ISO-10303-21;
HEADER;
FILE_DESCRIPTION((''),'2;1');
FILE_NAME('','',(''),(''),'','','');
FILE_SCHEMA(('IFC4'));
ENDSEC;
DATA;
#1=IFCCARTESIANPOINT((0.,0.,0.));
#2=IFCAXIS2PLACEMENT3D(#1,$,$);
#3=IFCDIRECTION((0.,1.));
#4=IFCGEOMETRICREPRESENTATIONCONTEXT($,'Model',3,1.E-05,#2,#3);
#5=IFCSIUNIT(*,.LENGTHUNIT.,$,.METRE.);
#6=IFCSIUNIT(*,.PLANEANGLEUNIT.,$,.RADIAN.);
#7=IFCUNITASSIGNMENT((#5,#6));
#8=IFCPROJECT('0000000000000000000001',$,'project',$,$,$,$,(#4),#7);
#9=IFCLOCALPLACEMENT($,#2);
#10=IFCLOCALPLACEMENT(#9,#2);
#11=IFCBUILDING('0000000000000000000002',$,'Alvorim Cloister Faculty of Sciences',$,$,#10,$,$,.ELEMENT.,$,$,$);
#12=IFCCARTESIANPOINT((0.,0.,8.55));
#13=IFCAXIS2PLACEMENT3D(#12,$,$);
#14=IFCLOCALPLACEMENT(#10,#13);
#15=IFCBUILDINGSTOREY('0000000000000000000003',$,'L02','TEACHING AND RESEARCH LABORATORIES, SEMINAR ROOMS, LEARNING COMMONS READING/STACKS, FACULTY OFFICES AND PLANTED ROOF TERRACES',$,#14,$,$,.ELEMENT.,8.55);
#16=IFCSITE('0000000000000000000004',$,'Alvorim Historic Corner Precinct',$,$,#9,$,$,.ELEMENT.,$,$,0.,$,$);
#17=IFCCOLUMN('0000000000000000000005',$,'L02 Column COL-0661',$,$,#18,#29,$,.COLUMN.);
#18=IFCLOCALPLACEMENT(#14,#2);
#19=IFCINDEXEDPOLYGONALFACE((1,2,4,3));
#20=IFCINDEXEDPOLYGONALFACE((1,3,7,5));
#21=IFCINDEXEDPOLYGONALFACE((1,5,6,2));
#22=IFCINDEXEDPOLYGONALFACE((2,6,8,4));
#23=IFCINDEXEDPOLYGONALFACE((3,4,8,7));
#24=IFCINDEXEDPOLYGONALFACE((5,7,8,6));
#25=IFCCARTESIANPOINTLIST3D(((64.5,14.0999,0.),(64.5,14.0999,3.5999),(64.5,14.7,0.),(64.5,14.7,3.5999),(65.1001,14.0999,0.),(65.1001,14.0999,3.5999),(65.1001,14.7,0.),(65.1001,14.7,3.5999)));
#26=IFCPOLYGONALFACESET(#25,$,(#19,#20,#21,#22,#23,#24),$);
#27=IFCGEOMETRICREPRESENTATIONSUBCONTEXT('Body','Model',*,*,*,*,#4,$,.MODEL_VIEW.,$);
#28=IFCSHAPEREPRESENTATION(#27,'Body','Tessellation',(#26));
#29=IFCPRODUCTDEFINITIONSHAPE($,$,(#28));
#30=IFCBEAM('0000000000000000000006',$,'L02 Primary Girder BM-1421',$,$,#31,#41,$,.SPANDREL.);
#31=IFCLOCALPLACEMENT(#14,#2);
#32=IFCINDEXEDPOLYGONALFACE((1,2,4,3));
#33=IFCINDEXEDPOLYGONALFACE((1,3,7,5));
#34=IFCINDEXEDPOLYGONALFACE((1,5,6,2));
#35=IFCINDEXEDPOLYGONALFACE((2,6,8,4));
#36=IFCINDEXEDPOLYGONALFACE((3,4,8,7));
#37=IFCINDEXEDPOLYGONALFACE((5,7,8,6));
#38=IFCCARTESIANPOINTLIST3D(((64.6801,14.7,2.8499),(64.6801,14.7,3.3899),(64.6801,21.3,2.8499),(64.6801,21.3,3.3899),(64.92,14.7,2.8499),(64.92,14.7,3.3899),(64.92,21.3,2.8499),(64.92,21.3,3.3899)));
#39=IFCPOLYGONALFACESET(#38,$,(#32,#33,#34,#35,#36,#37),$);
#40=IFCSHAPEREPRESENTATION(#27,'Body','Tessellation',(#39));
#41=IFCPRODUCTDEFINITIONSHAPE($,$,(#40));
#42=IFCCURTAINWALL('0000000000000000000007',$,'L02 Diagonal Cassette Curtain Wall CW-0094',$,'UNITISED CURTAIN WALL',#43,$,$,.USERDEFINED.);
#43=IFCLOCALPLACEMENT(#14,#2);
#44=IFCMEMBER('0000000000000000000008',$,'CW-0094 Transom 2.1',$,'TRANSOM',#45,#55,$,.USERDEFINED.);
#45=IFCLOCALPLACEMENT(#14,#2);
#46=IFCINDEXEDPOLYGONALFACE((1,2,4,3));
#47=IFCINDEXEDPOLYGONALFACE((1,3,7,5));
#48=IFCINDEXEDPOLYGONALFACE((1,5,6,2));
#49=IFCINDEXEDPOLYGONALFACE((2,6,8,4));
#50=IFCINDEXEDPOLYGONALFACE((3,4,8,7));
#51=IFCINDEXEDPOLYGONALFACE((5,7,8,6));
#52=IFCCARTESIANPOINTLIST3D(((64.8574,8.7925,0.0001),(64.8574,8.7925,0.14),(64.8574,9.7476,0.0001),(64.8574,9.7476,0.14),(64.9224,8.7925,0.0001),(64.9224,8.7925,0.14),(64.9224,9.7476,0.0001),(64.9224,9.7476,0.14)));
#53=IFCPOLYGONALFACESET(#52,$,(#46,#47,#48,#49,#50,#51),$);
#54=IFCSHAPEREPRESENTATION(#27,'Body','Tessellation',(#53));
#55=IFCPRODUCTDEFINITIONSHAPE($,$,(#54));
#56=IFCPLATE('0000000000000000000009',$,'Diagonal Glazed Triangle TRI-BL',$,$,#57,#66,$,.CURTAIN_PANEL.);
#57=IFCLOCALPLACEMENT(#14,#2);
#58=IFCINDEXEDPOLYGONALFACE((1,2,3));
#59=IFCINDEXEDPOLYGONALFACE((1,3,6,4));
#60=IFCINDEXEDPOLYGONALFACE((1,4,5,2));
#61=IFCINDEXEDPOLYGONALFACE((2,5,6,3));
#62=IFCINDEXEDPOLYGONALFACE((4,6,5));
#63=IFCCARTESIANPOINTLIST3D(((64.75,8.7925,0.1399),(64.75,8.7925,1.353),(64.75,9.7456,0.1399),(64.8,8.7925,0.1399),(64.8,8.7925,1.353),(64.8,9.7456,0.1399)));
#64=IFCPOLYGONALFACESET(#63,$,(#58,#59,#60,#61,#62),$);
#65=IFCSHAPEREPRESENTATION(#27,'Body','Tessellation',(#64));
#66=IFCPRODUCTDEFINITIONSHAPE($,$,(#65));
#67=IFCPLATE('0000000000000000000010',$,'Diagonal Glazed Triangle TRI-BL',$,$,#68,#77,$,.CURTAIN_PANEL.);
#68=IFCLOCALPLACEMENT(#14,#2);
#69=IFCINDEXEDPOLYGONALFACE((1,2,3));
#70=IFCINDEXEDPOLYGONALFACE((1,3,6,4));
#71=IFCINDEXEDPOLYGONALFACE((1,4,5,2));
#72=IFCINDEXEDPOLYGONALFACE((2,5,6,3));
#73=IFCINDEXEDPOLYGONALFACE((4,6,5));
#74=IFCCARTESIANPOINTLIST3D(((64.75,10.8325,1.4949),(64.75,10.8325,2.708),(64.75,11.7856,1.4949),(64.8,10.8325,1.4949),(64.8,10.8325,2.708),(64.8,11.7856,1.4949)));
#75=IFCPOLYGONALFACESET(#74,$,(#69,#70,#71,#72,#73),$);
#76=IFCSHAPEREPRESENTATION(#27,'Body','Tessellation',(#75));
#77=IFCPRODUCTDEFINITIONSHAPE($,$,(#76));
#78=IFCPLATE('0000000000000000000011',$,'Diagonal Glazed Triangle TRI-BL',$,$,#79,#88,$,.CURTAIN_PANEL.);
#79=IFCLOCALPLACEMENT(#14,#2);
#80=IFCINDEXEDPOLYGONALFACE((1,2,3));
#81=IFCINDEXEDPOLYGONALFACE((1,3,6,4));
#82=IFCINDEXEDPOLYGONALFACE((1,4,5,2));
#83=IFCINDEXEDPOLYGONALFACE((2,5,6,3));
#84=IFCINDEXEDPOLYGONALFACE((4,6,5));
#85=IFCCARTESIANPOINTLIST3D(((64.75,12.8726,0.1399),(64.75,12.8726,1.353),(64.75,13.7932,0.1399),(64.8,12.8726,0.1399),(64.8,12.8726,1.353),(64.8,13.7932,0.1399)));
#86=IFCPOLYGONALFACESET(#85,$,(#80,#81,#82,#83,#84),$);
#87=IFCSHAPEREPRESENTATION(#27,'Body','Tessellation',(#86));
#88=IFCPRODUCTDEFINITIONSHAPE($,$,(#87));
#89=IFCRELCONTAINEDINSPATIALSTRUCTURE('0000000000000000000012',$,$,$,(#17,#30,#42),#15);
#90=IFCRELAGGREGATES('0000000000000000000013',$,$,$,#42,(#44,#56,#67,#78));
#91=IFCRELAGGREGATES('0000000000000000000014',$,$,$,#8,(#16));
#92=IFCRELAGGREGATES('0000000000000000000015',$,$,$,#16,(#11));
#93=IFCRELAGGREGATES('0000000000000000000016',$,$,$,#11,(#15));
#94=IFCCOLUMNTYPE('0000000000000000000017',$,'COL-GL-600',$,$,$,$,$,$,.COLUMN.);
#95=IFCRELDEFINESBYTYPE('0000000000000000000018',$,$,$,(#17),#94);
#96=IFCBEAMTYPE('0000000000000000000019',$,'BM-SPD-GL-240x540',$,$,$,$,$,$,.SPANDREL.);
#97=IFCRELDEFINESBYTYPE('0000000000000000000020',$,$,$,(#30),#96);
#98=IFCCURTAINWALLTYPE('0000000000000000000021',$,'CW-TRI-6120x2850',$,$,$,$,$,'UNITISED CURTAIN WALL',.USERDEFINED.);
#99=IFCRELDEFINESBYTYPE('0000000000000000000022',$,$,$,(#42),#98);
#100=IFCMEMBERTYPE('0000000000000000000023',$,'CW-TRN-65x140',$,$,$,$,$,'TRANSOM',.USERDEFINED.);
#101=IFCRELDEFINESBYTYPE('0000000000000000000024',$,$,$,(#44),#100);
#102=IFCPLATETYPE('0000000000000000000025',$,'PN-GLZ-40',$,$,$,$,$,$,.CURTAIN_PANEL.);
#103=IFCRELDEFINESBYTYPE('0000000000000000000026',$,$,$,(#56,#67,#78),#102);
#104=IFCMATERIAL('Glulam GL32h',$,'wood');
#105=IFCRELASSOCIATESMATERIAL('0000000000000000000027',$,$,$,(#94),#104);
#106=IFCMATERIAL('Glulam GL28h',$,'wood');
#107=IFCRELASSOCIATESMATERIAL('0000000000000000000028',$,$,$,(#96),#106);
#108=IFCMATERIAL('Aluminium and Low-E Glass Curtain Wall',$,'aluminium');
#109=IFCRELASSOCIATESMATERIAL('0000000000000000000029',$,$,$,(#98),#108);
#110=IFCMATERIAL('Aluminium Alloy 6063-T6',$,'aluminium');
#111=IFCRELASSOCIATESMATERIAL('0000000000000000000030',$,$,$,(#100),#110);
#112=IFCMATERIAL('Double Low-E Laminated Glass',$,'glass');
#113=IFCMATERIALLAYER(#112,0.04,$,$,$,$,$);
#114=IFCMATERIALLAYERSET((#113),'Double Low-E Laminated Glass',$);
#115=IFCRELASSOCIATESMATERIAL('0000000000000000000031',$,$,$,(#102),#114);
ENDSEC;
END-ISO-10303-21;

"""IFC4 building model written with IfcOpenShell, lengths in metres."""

from ifc_helpers import new_model, si_unit, direction, frame, origin, origin_2d, place, context, subcontext, project, spatial, polyline, rectangle, outline, extrude, material, layer, layer_set, material_profile, profile_set, type_object, element, aggregate, save


model = new_model("IFC4")

# Units and contexts
model_context = context("Model", 3, precision=1e-05, world=origin(), true_north=direction((0.0, 1.0)))
body_context = subcontext(model_context, "Body", "Model", "MODEL_VIEW")
ifc_project = project(units=[si_unit("LENGTHUNIT", "METRE"), si_unit("PLANEANGLEUNIT", "RADIAN")], contexts=[model_context])

# Site, building, storey
site_placement = place(None, origin())
site = spatial("IfcSite", under=ifc_project, at=site_placement, Name="Alvorim Historic Corner Precinct", CompositionType="ELEMENT", RefElevation=0.0)
building_placement = place(site_placement, origin())
building = spatial("IfcBuilding", under=site, at=building_placement, Name="Alvorim Cloister Faculty of Sciences", CompositionType="ELEMENT")
storey_placement = place(building_placement, frame((0.0, 0.0, 8.55)))
storey = spatial("IfcBuildingStorey", under=building, at=storey_placement, Name="L02", Description="TEACHING AND RESEARCH LABORATORIES, SEMINAR ROOMS, LEARNING COMMONS READING/STACKS, FACULTY OFFICES AND PLANTED ROOF TERRACES", CompositionType="ELEMENT", Elevation=8.55)

# Column
ifc_material_1 = material(Name="Glulam GL32h", Category="wood")
ifc_material_profile_1 = material_profile(ifc_material_1, rectangle(XDim=0.6001, YDim=0.6001, at=origin_2d()), Name="GL32-COL-600x600")
ifc_profile_set_1 = profile_set([ifc_material_profile_1], Name="Glulam GL32h")
column_type = type_object("IfcColumnType", Name="COL-GL-600", PredefinedType="COLUMN", material=ifc_profile_set_1)
column_placement = place(storey_placement, frame((64.8, 14.3999, 0.0), z_axis=(0.0, 0.0, 1.0), x_axis=(1.0, 0.0, 0.0)))
element("IfcColumn", 1, at=column_placement, inside=storey, type_object=column_type, Name="L02 Column COL-0661", PredefinedType="COLUMN", context=body_context, shape_type="SweptSolid", body=[
    extrude(rectangle(XDim=0.6001, YDim=0.6001, at=origin_2d()), origin(), (0.0, 0.0, 1.0), 3.5999),
])

# Beam
ifc_material_2 = material(Name="Glulam GL28h", Category="wood")
ifc_material_profile_2 = material_profile(ifc_material_2, rectangle(XDim=0.24, YDim=0.54, at=origin_2d()), Name="GL28-SPD-240x540")
ifc_profile_set_2 = profile_set([ifc_material_profile_2], Name="Glulam GL28h")
beam_type = type_object("IfcBeamType", Name="BM-SPD-GL-240x540", PredefinedType="SPANDREL", material=ifc_profile_set_2)
beam_placement = place(storey_placement, frame((64.8, 14.7, 3.1199), z_axis=(0.0, 1.0, 0.0), x_axis=(-1.0, 0.0, 0.0)))
element("IfcBeam", 2, at=beam_placement, inside=storey, type_object=beam_type, Name="L02 Primary Girder BM-1421", PredefinedType="SPANDREL", context=body_context, shape_type="SweptSolid", body=[
    extrude(rectangle(XDim=0.24, YDim=0.54, at=origin_2d()), origin(), (0.0, 0.0, 1.0), 6.6001),
])

# Curtain wall, member, plates
ifc_material_3 = material(Name="Aluminium and Low-E Glass Curtain Wall", Category="aluminium")
curtain_wall_type = type_object("IfcCurtainWallType", Name="CW-TRI-6120x2850", ElementType="UNITISED CURTAIN WALL", PredefinedType="USERDEFINED", material=ifc_material_3)
curtain_wall_placement = place(storey_placement, origin())
curtain_wall = element("IfcCurtainWall", 3, at=curtain_wall_placement, inside=storey, type_object=curtain_wall_type, Name="L02 Diagonal Cassette Curtain Wall CW-0094", ObjectType="UNITISED CURTAIN WALL", PredefinedType="USERDEFINED")
ifc_material_4 = material(Name="Aluminium Alloy 6063-T6", Category="aluminium")
ifc_material_profile_3 = material_profile(ifc_material_4, rectangle(XDim=0.0649, YDim=0.1399, at=origin_2d()), Name="ALU-TRN-65x140")
ifc_profile_set_3 = profile_set([ifc_material_profile_3], Name="Aluminium Alloy 6063-T6")
member_type = type_object("IfcMemberType", Name="CW-TRN-65x140", ElementType="TRANSOM", PredefinedType="USERDEFINED", material=ifc_profile_set_3)
member_placement = place(storey_placement, frame((64.8899, 8.7925, 0.0701), z_axis=(0.0, 1.0, 0.0), x_axis=(-1.0, 0.0, 0.0)))
member = element("IfcMember", 4, at=member_placement, type_object=member_type, Name="CW-0094 Transom 2.1", ObjectType="TRANSOM", PredefinedType="USERDEFINED", context=body_context, shape_type="SweptSolid", body=[
    extrude(rectangle(XDim=0.0649, YDim=0.1399, at=origin_2d()), origin(), (0.0, 0.0, 1.0), 0.9551),
])
ifc_material_5 = material(Name="Double Low-E Laminated Glass", Category="glass")
ifc_layer = layer(ifc_material_5, 0.04)
ifc_layer_set = layer_set([ifc_layer], Name="Double Low-E Laminated Glass")
plate_type = type_object("IfcPlateType", Name="PN-GLZ-40", PredefinedType="CURTAIN_PANEL", material=ifc_layer_set)
plate_1_placement = place(storey_placement, frame((64.7749, 8.7925, 0.1399), z_axis=(0.0, 0.0, 1.0), x_axis=(0.0, 1.0, 0.0)))
plate_1 = element("IfcPlate", 5, at=plate_1_placement, type_object=plate_type, Name="Diagonal Glazed Triangle TRI-BL", PredefinedType="CURTAIN_PANEL", context=body_context, shape_type="SweptSolid", body=[
    extrude(outline(polyline([(0.0, 0.0), (0.9531, 0.0), (0.0, 1.2131), (0.0, 0.0)])), frame((0.0, 0.0249, 0.0), z_axis=(0.0, -1.0, 0.0), x_axis=(1.0, 0.0, 0.0)), (0.0, 0.0, 1.0), 0.05),
])
plate_2_placement = place(storey_placement, frame((64.7749, 10.8325, 1.4949), z_axis=(0.0, 0.0, 1.0), x_axis=(0.0, 1.0, 0.0)))
plate_2 = element("IfcPlate", 6, at=plate_2_placement, type_object=plate_type, Name="Diagonal Glazed Triangle TRI-BL", PredefinedType="CURTAIN_PANEL", context=body_context, shape_type="SweptSolid", body=[
    extrude(outline(polyline([(0.0, 0.0), (0.9531, 0.0), (0.0, 1.2131), (0.0, 0.0)])), frame((0.0, 0.0249, 0.0), z_axis=(0.0, -1.0, 0.0), x_axis=(1.0, 0.0, 0.0)), (0.0, 0.0, 1.0), 0.05),
])
plate_3_placement = place(storey_placement, frame((64.7749, 12.8726, 0.1399), z_axis=(0.0, 0.0, 1.0), x_axis=(0.0, 1.0, 0.0)))
plate_3 = element("IfcPlate", 7, at=plate_3_placement, type_object=plate_type, Name="Diagonal Glazed Triangle TRI-BL", PredefinedType="CURTAIN_PANEL", context=body_context, shape_type="SweptSolid", body=[
    extrude(outline(polyline([(0.0, 0.0), (0.9207, 0.0), (0.0, 1.2131), (0.0, 0.0)])), frame((0.0, 0.0249, 0.0), z_axis=(0.0, -1.0, 0.0), x_axis=(1.0, 0.0, 0.0)), (0.0, 0.0, 1.0), 0.05),
])
aggregate(curtain_wall, [member, plate_1, plate_2, plate_3])

save(model, "model.ifc")
